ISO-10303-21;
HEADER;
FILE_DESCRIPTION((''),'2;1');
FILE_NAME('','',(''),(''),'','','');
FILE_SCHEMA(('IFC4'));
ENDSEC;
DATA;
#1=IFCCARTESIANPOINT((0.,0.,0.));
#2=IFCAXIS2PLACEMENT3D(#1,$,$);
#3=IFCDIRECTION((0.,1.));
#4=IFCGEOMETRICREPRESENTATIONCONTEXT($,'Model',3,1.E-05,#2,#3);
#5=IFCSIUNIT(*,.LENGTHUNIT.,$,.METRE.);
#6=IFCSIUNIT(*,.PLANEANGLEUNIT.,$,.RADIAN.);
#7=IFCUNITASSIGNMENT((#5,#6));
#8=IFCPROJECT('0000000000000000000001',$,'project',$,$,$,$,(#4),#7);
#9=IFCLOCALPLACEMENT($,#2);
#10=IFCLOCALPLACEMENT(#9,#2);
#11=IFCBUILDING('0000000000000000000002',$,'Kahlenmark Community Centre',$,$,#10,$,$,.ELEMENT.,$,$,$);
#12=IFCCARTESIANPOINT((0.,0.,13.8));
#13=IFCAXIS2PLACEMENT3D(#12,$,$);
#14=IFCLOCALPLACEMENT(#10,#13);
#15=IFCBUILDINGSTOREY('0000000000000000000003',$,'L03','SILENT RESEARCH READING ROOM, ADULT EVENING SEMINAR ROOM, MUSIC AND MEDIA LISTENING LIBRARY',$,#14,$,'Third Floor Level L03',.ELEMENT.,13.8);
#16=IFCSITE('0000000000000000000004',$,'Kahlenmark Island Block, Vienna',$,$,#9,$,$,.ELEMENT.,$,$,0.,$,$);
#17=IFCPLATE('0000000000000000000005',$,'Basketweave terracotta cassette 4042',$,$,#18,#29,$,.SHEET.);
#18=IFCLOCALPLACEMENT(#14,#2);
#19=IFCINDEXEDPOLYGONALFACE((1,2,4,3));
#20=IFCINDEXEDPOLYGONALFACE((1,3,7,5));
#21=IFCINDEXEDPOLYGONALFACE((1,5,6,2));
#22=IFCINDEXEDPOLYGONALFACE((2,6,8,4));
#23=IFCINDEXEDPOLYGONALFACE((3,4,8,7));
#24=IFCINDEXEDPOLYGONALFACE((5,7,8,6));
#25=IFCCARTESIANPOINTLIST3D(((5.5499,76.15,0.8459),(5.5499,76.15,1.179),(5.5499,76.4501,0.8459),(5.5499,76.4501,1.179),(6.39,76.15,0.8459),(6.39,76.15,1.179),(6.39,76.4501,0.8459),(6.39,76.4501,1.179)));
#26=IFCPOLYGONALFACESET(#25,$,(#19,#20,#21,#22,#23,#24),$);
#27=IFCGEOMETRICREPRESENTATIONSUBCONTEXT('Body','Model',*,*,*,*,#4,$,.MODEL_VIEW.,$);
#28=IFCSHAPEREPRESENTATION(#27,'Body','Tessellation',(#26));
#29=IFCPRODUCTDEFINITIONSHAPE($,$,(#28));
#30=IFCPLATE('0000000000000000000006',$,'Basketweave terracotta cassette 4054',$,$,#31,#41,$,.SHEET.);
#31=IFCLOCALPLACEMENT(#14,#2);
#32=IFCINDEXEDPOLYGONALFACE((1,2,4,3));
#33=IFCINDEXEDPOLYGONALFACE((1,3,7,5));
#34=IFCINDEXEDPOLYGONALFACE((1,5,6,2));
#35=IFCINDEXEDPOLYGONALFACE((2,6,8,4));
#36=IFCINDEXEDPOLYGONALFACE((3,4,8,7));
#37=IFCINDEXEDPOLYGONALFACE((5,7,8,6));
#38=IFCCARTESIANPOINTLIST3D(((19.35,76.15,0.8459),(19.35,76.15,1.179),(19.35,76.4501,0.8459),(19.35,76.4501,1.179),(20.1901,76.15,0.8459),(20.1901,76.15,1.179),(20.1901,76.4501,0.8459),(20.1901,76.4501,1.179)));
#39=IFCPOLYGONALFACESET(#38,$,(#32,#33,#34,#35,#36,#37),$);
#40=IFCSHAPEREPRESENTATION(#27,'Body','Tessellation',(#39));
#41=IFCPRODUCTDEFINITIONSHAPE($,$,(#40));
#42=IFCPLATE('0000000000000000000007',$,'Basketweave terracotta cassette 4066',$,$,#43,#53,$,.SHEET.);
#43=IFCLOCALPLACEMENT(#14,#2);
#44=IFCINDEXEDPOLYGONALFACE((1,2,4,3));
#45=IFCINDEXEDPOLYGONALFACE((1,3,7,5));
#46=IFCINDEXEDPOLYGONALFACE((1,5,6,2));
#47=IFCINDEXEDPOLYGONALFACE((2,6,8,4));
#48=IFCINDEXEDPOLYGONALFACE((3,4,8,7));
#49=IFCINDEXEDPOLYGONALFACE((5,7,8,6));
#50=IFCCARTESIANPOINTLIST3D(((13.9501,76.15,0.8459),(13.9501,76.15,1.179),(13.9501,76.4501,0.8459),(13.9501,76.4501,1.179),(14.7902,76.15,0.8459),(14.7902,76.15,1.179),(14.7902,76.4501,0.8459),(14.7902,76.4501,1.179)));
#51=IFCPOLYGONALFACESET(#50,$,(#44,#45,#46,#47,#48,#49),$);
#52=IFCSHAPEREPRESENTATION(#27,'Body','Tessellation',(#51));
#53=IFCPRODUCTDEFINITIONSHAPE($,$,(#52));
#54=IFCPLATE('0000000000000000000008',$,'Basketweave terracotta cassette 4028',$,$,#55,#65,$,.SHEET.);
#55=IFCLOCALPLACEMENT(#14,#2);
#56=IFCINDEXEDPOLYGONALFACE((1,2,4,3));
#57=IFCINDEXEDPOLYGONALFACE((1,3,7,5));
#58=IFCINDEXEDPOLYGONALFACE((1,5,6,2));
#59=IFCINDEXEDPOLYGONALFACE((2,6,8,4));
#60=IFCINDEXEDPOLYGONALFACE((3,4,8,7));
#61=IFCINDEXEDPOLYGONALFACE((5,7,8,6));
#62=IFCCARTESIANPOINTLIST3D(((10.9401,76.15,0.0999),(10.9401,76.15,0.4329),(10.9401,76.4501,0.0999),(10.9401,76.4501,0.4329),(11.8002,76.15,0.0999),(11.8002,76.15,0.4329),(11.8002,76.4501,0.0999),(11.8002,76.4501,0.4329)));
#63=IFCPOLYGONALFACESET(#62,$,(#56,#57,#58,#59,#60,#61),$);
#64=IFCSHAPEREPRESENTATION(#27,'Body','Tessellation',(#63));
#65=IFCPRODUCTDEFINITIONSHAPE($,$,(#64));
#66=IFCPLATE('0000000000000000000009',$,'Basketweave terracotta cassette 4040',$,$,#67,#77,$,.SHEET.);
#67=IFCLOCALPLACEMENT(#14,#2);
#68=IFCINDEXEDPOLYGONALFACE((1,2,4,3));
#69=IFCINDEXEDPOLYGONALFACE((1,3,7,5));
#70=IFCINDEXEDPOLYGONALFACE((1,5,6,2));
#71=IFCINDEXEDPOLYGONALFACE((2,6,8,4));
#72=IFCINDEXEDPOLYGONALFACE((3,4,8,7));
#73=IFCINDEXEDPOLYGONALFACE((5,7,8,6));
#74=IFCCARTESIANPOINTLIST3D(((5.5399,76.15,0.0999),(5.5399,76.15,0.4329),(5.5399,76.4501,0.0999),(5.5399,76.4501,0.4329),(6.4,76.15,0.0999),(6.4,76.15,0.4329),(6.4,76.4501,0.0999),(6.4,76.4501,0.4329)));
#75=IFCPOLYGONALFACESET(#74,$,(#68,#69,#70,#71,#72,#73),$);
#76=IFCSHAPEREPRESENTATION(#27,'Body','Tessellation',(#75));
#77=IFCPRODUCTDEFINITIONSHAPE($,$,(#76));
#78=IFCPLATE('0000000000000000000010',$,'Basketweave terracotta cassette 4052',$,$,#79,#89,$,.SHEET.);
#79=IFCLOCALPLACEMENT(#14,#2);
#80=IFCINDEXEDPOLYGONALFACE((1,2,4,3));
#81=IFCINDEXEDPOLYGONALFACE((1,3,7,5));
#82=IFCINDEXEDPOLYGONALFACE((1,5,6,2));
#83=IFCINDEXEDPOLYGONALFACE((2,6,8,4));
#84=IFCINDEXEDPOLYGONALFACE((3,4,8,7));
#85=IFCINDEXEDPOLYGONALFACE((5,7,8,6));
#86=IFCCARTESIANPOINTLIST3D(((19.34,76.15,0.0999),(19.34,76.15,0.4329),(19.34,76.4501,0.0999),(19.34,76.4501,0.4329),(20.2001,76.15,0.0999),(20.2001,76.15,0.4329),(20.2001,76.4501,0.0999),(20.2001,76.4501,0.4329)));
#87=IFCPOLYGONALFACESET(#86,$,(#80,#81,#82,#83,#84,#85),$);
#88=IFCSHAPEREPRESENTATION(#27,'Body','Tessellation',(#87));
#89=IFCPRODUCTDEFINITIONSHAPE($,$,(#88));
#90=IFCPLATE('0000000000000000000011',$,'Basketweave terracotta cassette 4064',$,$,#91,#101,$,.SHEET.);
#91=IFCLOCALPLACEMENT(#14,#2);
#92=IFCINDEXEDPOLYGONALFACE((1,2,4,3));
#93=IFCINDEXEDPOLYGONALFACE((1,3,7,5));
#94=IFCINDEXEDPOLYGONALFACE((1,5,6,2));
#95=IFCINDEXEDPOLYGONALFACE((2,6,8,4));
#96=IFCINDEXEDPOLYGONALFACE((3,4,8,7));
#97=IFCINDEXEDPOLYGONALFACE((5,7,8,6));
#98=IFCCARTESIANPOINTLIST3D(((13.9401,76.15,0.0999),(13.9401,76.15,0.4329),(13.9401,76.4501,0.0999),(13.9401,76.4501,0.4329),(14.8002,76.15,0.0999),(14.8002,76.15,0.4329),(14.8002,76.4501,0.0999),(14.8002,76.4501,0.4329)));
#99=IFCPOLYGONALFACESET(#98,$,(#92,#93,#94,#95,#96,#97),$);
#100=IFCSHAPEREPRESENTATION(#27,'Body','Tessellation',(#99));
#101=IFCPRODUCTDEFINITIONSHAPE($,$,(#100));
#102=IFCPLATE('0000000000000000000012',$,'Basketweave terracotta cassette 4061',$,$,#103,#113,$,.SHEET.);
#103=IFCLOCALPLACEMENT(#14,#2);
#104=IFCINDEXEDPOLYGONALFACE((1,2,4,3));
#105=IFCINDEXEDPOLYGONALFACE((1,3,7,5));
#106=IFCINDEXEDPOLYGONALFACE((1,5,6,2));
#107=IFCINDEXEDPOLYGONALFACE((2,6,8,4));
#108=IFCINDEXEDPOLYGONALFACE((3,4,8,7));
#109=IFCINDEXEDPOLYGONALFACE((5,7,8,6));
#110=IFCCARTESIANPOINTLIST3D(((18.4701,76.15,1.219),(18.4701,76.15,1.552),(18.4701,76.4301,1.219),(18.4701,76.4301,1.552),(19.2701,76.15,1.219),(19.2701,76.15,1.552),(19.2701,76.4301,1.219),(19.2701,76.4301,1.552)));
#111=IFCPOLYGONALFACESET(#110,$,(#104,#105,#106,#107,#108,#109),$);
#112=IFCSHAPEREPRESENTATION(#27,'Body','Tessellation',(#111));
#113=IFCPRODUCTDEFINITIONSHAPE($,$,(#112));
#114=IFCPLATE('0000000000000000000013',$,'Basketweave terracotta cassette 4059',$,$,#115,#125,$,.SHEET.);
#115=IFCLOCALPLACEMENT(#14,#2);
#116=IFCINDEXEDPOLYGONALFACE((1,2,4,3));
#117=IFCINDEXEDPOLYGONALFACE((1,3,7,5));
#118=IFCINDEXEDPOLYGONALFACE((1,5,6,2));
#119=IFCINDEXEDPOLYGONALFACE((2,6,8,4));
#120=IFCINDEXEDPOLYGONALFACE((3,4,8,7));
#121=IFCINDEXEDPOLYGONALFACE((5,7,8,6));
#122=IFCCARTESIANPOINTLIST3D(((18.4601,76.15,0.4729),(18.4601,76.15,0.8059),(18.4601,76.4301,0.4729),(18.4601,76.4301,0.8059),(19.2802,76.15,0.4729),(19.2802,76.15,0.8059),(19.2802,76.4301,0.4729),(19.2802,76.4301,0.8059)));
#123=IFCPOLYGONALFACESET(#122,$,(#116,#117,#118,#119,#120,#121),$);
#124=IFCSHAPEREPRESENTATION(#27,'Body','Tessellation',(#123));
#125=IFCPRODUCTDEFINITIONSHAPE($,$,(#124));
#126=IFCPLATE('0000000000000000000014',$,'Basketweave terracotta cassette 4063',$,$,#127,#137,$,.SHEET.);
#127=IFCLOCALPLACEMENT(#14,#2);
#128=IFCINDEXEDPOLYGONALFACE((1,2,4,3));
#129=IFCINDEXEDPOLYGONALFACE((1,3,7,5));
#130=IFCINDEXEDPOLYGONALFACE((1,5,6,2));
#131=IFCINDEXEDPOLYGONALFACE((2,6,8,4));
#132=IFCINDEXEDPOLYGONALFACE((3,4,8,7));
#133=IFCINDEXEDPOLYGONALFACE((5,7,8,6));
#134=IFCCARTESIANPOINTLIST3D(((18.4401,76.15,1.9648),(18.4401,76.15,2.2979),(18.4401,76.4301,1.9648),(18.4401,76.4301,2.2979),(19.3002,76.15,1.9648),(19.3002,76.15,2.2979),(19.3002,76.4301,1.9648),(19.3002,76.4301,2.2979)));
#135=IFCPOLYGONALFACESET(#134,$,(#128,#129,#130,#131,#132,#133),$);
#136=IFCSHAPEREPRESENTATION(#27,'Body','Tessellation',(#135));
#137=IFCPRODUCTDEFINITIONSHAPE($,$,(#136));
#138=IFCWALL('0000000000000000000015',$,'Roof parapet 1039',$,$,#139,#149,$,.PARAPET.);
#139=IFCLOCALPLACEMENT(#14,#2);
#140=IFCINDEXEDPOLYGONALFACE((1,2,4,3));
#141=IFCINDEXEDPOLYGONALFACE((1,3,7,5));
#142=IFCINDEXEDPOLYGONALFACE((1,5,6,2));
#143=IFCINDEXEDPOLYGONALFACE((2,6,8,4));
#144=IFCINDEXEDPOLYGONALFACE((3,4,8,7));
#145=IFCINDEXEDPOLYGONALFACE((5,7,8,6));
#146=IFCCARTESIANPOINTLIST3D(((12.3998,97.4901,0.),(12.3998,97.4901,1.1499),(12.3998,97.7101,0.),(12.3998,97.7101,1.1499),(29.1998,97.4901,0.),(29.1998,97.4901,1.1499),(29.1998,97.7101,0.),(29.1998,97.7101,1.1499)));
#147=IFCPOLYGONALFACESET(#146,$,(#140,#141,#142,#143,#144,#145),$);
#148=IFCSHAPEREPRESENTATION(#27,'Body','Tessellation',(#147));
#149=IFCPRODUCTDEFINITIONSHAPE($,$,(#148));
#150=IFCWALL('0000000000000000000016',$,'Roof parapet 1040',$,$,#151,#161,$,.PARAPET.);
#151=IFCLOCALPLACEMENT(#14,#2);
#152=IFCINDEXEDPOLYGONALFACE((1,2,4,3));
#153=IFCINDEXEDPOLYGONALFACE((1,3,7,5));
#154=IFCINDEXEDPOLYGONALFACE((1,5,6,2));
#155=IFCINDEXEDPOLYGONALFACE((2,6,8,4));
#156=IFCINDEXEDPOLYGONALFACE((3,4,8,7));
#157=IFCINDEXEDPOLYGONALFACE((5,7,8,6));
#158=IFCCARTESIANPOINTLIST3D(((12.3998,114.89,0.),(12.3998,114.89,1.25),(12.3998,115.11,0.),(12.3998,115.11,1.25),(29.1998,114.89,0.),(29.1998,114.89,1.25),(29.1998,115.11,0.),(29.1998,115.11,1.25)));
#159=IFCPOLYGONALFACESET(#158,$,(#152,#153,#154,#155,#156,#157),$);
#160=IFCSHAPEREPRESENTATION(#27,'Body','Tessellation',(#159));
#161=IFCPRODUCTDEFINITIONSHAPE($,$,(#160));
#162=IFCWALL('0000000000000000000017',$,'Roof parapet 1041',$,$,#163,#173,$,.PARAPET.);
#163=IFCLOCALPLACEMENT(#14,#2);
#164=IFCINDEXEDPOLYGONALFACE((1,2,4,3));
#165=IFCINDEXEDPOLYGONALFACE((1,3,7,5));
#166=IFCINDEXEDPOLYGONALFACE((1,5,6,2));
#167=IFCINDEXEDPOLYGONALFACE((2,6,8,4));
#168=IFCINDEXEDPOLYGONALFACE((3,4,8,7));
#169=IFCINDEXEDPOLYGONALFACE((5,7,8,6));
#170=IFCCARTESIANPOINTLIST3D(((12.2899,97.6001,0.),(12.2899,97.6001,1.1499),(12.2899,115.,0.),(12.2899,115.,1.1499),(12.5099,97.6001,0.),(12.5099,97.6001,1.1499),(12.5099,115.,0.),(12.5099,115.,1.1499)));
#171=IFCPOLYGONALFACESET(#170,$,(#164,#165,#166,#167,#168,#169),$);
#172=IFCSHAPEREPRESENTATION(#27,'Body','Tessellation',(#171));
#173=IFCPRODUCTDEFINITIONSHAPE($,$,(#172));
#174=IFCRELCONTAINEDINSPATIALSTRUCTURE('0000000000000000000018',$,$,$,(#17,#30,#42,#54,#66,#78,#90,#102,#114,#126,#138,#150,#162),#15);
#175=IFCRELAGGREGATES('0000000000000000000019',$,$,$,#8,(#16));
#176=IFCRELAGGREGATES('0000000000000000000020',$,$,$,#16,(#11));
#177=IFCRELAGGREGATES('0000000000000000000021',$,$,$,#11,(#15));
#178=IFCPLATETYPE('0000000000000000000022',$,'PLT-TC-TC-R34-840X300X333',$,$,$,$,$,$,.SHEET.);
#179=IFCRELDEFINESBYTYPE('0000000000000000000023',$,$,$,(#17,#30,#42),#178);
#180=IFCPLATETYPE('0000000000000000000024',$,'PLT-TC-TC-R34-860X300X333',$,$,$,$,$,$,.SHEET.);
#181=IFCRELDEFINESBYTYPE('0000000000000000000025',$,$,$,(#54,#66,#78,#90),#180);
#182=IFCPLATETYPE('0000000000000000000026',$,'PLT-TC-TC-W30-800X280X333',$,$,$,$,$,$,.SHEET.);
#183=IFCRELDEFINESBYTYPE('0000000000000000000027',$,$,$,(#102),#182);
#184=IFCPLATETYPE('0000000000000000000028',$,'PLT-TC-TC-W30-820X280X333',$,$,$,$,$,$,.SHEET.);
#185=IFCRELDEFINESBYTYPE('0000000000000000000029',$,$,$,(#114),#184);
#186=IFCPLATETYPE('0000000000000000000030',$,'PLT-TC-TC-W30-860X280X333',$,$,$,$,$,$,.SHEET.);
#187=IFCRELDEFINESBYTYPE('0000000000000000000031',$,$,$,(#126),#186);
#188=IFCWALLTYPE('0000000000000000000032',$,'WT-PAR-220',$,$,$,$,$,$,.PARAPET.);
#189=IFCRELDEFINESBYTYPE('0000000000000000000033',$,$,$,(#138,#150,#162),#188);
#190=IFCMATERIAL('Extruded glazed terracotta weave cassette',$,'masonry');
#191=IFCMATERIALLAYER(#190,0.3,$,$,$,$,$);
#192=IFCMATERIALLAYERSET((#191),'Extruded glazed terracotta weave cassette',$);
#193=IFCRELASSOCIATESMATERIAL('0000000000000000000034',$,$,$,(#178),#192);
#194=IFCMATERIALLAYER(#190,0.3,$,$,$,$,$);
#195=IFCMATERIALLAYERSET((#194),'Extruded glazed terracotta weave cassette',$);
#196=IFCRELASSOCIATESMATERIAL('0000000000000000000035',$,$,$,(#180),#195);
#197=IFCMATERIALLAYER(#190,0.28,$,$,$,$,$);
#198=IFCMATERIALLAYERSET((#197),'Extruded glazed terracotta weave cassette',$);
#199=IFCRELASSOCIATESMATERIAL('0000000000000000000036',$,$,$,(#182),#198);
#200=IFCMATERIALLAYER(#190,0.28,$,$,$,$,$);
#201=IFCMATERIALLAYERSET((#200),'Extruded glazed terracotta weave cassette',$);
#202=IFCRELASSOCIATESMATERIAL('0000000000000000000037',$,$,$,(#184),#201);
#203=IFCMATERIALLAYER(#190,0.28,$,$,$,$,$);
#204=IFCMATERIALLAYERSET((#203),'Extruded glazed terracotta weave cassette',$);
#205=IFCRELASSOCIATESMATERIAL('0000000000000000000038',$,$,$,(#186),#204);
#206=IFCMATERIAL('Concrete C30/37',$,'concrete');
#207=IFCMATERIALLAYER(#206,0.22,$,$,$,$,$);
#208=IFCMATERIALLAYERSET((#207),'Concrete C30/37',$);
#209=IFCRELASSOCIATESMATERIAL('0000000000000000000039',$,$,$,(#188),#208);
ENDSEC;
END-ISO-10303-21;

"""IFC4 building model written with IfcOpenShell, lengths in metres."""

from ifc_helpers import new_model, si_unit, direction, frame, frame_2d, origin, origin_2d, place, context, subcontext, project, spatial, rectangle, extrude, material, layer, layer_set, type_object, element, save


model = new_model("IFC4")

# Units and contexts
model_context = context("Model", 3, precision=1e-05, world=origin(), true_north=direction((0.0, 1.0)))
body_context = subcontext(model_context, "Body", "Model", "MODEL_VIEW")
ifc_project = project(units=[si_unit("LENGTHUNIT", "METRE"), si_unit("PLANEANGLEUNIT", "RADIAN")], contexts=[model_context])

# Site, building, storey
site_placement = place(None, origin())
site = spatial("IfcSite", under=ifc_project, at=site_placement, Name="Kahlenmark Island Block, Vienna", CompositionType="ELEMENT", RefElevation=0.0)
building_placement = place(site_placement, origin())
building = spatial("IfcBuilding", under=site, at=building_placement, Name="Kahlenmark Community Centre", CompositionType="ELEMENT")
storey_placement = place(building_placement, frame((0.0, 0.0, 13.8)))
storey = spatial("IfcBuildingStorey", under=building, at=storey_placement, Name="L03", Description="SILENT RESEARCH READING ROOM, ADULT EVENING SEMINAR ROOM, MUSIC AND MEDIA LISTENING LIBRARY", LongName="Third Floor Level L03", CompositionType="ELEMENT", Elevation=13.8)

# Plates
ifc_material_1 = material(Name="Extruded glazed terracotta weave cassette", Category="masonry")
ifc_layer_1 = layer(ifc_material_1, 0.3)
ifc_layer_set_1 = layer_set([ifc_layer_1], Name="Extruded glazed terracotta weave cassette")
plate_type_1 = type_object("IfcPlateType", Name="PLT-TC-TC-R34-840X300X333", PredefinedType="SHEET", material=ifc_layer_set_1)
for number, where, z_axis, x_axis, name in (
    (1, (5.97, 76.3, 0.8459), (0.0, 0.0, 1.0), (-1.0, 0.0, 0.0), "Basketweave terracotta cassette 4042"),
    (2, (19.77, 76.3, 0.8459), (0.0, 0.0, 1.0), (-1.0, 0.0, 0.0), "Basketweave terracotta cassette 4054"),
    (3, (14.3701, 76.3, 0.8459), (0.0, 0.0, 1.0), (-1.0, 0.0, 0.0), "Basketweave terracotta cassette 4066"),
):
    element("IfcPlate", number, at=place(storey_placement, frame(where, z_axis=z_axis, x_axis=x_axis)), inside=storey, type_object=plate_type_1, Name=name, PredefinedType="SHEET", context=body_context, shape_type="SweptSolid", body=[
        extrude(rectangle(XDim=0.8401, YDim=0.3, at=origin_2d()), origin(), (0.0, 0.0, 1.0), 0.333),
    ])
ifc_layer_2 = layer(ifc_material_1, 0.3)
ifc_layer_set_2 = layer_set([ifc_layer_2], Name="Extruded glazed terracotta weave cassette")
plate_type_2 = type_object("IfcPlateType", Name="PLT-TC-TC-R34-860X300X333", PredefinedType="SHEET", material=ifc_layer_set_2)
for number, where, z_axis, x_axis, name in (
    (4, (11.3701, 76.3, 0.0999), (0.0, 0.0, 1.0), (-1.0, 0.0, 0.0), "Basketweave terracotta cassette 4028"),
    (5, (5.97, 76.3, 0.0999), (0.0, 0.0, 1.0), (-1.0, 0.0, 0.0), "Basketweave terracotta cassette 4040"),
    (6, (19.77, 76.3, 0.0999), (0.0, 0.0, 1.0), (-1.0, 0.0, 0.0), "Basketweave terracotta cassette 4052"),
    (7, (14.3701, 76.3, 0.0999), (0.0, 0.0, 1.0), (-1.0, 0.0, 0.0), "Basketweave terracotta cassette 4064"),
):
    element("IfcPlate", number, at=place(storey_placement, frame(where, z_axis=z_axis, x_axis=x_axis)), inside=storey, type_object=plate_type_2, Name=name, PredefinedType="SHEET", context=body_context, shape_type="SweptSolid", body=[
        extrude(rectangle(XDim=0.8601, YDim=0.3, at=origin_2d()), origin(), (0.0, 0.0, 1.0), 0.333),
    ])
ifc_layer_3 = layer(ifc_material_1, 0.28)
ifc_layer_set_3 = layer_set([ifc_layer_3], Name="Extruded glazed terracotta weave cassette")
plate_type_3 = type_object("IfcPlateType", Name="PLT-TC-TC-W30-800X280X333", PredefinedType="SHEET", material=ifc_layer_set_3)
plate_1_placement = place(storey_placement, frame((18.8701, 76.29, 1.219), z_axis=(0.0, 0.0, 1.0), x_axis=(-1.0, 0.0, 0.0)))
element("IfcPlate", 8, at=plate_1_placement, inside=storey, type_object=plate_type_3, Name="Basketweave terracotta cassette 4061", PredefinedType="SHEET", context=body_context, shape_type="SweptSolid", body=[
    extrude(rectangle(XDim=0.8, YDim=0.28, at=origin_2d()), origin(), (0.0, 0.0, 1.0), 0.333),
])
ifc_layer_4 = layer(ifc_material_1, 0.28)
ifc_layer_set_4 = layer_set([ifc_layer_4], Name="Extruded glazed terracotta weave cassette")
plate_type_4 = type_object("IfcPlateType", Name="PLT-TC-TC-W30-820X280X333", PredefinedType="SHEET", material=ifc_layer_set_4)
plate_2_placement = place(storey_placement, frame((18.8701, 76.29, 0.4729), z_axis=(0.0, 0.0, 1.0), x_axis=(-1.0, 0.0, 0.0)))
element("IfcPlate", 9, at=plate_2_placement, inside=storey, type_object=plate_type_4, Name="Basketweave terracotta cassette 4059", PredefinedType="SHEET", context=body_context, shape_type="SweptSolid", body=[
    extrude(rectangle(XDim=0.8201, YDim=0.28, at=origin_2d()), origin(), (0.0, 0.0, 1.0), 0.333),
])
ifc_layer_5 = layer(ifc_material_1, 0.28)
ifc_layer_set_5 = layer_set([ifc_layer_5], Name="Extruded glazed terracotta weave cassette")
plate_type_5 = type_object("IfcPlateType", Name="PLT-TC-TC-W30-860X280X333", PredefinedType="SHEET", material=ifc_layer_set_5)
plate_3_placement = place(storey_placement, frame((18.8701, 76.29, 1.9648), z_axis=(0.0, 0.0, 1.0), x_axis=(-1.0, 0.0, 0.0)))
element("IfcPlate", 10, at=plate_3_placement, inside=storey, type_object=plate_type_5, Name="Basketweave terracotta cassette 4063", PredefinedType="SHEET", context=body_context, shape_type="SweptSolid", body=[
    extrude(rectangle(XDim=0.8601, YDim=0.28, at=origin_2d()), origin(), (0.0, 0.0, 1.0), 0.333),
])

# Walls
ifc_material_2 = material(Name="Concrete C30/37", Category="concrete")
ifc_layer_6 = layer(ifc_material_2, 0.22)
ifc_layer_set_6 = layer_set([ifc_layer_6], Name="Concrete C30/37")
wall_type = type_object("IfcWallType", Name="WT-PAR-220", PredefinedType="PARAPET", material=ifc_layer_set_6)
wall_1_placement = place(storey_placement, frame((12.3999, 97.6001, 0.0), z_axis=(0.0, 0.0, 1.0), x_axis=(1.0, 0.0, 0.0)))
element("IfcWall", 11, at=wall_1_placement, inside=storey, type_object=wall_type, Name="Roof parapet 1039", PredefinedType="PARAPET", context=body_context, shape_type="SweptSolid", body=[
    extrude(rectangle(XDim=16.8, YDim=0.22, at=frame_2d((8.3999, 0.0))), origin(), (0.0, 0.0, 1.0), 1.1499),
])
wall_2_placement = place(storey_placement, frame((12.3999, 115.0, 0.0), z_axis=(0.0, 0.0, 1.0), x_axis=(1.0, 0.0, 0.0)))
element("IfcWall", 12, at=wall_2_placement, inside=storey, type_object=wall_type, Name="Roof parapet 1040", PredefinedType="PARAPET", context=body_context, shape_type="SweptSolid", body=[
    extrude(rectangle(XDim=16.8, YDim=0.22, at=frame_2d((8.3999, 0.0))), origin(), (0.0, 0.0, 1.0), 1.25),
])
wall_3_placement = place(storey_placement, frame((12.3999, 97.6001, 0.0), z_axis=(0.0, 0.0, 1.0), x_axis=(0.0, 1.0, 0.0)))
element("IfcWall", 13, at=wall_3_placement, inside=storey, type_object=wall_type, Name="Roof parapet 1041", PredefinedType="PARAPET", context=body_context, shape_type="SweptSolid", body=[
    extrude(rectangle(XDim=17.3999, YDim=0.22, at=frame_2d((8.7, 0.0))), origin(), (0.0, 0.0, 1.0), 1.1499),
])

save(model, "model.ifc")
